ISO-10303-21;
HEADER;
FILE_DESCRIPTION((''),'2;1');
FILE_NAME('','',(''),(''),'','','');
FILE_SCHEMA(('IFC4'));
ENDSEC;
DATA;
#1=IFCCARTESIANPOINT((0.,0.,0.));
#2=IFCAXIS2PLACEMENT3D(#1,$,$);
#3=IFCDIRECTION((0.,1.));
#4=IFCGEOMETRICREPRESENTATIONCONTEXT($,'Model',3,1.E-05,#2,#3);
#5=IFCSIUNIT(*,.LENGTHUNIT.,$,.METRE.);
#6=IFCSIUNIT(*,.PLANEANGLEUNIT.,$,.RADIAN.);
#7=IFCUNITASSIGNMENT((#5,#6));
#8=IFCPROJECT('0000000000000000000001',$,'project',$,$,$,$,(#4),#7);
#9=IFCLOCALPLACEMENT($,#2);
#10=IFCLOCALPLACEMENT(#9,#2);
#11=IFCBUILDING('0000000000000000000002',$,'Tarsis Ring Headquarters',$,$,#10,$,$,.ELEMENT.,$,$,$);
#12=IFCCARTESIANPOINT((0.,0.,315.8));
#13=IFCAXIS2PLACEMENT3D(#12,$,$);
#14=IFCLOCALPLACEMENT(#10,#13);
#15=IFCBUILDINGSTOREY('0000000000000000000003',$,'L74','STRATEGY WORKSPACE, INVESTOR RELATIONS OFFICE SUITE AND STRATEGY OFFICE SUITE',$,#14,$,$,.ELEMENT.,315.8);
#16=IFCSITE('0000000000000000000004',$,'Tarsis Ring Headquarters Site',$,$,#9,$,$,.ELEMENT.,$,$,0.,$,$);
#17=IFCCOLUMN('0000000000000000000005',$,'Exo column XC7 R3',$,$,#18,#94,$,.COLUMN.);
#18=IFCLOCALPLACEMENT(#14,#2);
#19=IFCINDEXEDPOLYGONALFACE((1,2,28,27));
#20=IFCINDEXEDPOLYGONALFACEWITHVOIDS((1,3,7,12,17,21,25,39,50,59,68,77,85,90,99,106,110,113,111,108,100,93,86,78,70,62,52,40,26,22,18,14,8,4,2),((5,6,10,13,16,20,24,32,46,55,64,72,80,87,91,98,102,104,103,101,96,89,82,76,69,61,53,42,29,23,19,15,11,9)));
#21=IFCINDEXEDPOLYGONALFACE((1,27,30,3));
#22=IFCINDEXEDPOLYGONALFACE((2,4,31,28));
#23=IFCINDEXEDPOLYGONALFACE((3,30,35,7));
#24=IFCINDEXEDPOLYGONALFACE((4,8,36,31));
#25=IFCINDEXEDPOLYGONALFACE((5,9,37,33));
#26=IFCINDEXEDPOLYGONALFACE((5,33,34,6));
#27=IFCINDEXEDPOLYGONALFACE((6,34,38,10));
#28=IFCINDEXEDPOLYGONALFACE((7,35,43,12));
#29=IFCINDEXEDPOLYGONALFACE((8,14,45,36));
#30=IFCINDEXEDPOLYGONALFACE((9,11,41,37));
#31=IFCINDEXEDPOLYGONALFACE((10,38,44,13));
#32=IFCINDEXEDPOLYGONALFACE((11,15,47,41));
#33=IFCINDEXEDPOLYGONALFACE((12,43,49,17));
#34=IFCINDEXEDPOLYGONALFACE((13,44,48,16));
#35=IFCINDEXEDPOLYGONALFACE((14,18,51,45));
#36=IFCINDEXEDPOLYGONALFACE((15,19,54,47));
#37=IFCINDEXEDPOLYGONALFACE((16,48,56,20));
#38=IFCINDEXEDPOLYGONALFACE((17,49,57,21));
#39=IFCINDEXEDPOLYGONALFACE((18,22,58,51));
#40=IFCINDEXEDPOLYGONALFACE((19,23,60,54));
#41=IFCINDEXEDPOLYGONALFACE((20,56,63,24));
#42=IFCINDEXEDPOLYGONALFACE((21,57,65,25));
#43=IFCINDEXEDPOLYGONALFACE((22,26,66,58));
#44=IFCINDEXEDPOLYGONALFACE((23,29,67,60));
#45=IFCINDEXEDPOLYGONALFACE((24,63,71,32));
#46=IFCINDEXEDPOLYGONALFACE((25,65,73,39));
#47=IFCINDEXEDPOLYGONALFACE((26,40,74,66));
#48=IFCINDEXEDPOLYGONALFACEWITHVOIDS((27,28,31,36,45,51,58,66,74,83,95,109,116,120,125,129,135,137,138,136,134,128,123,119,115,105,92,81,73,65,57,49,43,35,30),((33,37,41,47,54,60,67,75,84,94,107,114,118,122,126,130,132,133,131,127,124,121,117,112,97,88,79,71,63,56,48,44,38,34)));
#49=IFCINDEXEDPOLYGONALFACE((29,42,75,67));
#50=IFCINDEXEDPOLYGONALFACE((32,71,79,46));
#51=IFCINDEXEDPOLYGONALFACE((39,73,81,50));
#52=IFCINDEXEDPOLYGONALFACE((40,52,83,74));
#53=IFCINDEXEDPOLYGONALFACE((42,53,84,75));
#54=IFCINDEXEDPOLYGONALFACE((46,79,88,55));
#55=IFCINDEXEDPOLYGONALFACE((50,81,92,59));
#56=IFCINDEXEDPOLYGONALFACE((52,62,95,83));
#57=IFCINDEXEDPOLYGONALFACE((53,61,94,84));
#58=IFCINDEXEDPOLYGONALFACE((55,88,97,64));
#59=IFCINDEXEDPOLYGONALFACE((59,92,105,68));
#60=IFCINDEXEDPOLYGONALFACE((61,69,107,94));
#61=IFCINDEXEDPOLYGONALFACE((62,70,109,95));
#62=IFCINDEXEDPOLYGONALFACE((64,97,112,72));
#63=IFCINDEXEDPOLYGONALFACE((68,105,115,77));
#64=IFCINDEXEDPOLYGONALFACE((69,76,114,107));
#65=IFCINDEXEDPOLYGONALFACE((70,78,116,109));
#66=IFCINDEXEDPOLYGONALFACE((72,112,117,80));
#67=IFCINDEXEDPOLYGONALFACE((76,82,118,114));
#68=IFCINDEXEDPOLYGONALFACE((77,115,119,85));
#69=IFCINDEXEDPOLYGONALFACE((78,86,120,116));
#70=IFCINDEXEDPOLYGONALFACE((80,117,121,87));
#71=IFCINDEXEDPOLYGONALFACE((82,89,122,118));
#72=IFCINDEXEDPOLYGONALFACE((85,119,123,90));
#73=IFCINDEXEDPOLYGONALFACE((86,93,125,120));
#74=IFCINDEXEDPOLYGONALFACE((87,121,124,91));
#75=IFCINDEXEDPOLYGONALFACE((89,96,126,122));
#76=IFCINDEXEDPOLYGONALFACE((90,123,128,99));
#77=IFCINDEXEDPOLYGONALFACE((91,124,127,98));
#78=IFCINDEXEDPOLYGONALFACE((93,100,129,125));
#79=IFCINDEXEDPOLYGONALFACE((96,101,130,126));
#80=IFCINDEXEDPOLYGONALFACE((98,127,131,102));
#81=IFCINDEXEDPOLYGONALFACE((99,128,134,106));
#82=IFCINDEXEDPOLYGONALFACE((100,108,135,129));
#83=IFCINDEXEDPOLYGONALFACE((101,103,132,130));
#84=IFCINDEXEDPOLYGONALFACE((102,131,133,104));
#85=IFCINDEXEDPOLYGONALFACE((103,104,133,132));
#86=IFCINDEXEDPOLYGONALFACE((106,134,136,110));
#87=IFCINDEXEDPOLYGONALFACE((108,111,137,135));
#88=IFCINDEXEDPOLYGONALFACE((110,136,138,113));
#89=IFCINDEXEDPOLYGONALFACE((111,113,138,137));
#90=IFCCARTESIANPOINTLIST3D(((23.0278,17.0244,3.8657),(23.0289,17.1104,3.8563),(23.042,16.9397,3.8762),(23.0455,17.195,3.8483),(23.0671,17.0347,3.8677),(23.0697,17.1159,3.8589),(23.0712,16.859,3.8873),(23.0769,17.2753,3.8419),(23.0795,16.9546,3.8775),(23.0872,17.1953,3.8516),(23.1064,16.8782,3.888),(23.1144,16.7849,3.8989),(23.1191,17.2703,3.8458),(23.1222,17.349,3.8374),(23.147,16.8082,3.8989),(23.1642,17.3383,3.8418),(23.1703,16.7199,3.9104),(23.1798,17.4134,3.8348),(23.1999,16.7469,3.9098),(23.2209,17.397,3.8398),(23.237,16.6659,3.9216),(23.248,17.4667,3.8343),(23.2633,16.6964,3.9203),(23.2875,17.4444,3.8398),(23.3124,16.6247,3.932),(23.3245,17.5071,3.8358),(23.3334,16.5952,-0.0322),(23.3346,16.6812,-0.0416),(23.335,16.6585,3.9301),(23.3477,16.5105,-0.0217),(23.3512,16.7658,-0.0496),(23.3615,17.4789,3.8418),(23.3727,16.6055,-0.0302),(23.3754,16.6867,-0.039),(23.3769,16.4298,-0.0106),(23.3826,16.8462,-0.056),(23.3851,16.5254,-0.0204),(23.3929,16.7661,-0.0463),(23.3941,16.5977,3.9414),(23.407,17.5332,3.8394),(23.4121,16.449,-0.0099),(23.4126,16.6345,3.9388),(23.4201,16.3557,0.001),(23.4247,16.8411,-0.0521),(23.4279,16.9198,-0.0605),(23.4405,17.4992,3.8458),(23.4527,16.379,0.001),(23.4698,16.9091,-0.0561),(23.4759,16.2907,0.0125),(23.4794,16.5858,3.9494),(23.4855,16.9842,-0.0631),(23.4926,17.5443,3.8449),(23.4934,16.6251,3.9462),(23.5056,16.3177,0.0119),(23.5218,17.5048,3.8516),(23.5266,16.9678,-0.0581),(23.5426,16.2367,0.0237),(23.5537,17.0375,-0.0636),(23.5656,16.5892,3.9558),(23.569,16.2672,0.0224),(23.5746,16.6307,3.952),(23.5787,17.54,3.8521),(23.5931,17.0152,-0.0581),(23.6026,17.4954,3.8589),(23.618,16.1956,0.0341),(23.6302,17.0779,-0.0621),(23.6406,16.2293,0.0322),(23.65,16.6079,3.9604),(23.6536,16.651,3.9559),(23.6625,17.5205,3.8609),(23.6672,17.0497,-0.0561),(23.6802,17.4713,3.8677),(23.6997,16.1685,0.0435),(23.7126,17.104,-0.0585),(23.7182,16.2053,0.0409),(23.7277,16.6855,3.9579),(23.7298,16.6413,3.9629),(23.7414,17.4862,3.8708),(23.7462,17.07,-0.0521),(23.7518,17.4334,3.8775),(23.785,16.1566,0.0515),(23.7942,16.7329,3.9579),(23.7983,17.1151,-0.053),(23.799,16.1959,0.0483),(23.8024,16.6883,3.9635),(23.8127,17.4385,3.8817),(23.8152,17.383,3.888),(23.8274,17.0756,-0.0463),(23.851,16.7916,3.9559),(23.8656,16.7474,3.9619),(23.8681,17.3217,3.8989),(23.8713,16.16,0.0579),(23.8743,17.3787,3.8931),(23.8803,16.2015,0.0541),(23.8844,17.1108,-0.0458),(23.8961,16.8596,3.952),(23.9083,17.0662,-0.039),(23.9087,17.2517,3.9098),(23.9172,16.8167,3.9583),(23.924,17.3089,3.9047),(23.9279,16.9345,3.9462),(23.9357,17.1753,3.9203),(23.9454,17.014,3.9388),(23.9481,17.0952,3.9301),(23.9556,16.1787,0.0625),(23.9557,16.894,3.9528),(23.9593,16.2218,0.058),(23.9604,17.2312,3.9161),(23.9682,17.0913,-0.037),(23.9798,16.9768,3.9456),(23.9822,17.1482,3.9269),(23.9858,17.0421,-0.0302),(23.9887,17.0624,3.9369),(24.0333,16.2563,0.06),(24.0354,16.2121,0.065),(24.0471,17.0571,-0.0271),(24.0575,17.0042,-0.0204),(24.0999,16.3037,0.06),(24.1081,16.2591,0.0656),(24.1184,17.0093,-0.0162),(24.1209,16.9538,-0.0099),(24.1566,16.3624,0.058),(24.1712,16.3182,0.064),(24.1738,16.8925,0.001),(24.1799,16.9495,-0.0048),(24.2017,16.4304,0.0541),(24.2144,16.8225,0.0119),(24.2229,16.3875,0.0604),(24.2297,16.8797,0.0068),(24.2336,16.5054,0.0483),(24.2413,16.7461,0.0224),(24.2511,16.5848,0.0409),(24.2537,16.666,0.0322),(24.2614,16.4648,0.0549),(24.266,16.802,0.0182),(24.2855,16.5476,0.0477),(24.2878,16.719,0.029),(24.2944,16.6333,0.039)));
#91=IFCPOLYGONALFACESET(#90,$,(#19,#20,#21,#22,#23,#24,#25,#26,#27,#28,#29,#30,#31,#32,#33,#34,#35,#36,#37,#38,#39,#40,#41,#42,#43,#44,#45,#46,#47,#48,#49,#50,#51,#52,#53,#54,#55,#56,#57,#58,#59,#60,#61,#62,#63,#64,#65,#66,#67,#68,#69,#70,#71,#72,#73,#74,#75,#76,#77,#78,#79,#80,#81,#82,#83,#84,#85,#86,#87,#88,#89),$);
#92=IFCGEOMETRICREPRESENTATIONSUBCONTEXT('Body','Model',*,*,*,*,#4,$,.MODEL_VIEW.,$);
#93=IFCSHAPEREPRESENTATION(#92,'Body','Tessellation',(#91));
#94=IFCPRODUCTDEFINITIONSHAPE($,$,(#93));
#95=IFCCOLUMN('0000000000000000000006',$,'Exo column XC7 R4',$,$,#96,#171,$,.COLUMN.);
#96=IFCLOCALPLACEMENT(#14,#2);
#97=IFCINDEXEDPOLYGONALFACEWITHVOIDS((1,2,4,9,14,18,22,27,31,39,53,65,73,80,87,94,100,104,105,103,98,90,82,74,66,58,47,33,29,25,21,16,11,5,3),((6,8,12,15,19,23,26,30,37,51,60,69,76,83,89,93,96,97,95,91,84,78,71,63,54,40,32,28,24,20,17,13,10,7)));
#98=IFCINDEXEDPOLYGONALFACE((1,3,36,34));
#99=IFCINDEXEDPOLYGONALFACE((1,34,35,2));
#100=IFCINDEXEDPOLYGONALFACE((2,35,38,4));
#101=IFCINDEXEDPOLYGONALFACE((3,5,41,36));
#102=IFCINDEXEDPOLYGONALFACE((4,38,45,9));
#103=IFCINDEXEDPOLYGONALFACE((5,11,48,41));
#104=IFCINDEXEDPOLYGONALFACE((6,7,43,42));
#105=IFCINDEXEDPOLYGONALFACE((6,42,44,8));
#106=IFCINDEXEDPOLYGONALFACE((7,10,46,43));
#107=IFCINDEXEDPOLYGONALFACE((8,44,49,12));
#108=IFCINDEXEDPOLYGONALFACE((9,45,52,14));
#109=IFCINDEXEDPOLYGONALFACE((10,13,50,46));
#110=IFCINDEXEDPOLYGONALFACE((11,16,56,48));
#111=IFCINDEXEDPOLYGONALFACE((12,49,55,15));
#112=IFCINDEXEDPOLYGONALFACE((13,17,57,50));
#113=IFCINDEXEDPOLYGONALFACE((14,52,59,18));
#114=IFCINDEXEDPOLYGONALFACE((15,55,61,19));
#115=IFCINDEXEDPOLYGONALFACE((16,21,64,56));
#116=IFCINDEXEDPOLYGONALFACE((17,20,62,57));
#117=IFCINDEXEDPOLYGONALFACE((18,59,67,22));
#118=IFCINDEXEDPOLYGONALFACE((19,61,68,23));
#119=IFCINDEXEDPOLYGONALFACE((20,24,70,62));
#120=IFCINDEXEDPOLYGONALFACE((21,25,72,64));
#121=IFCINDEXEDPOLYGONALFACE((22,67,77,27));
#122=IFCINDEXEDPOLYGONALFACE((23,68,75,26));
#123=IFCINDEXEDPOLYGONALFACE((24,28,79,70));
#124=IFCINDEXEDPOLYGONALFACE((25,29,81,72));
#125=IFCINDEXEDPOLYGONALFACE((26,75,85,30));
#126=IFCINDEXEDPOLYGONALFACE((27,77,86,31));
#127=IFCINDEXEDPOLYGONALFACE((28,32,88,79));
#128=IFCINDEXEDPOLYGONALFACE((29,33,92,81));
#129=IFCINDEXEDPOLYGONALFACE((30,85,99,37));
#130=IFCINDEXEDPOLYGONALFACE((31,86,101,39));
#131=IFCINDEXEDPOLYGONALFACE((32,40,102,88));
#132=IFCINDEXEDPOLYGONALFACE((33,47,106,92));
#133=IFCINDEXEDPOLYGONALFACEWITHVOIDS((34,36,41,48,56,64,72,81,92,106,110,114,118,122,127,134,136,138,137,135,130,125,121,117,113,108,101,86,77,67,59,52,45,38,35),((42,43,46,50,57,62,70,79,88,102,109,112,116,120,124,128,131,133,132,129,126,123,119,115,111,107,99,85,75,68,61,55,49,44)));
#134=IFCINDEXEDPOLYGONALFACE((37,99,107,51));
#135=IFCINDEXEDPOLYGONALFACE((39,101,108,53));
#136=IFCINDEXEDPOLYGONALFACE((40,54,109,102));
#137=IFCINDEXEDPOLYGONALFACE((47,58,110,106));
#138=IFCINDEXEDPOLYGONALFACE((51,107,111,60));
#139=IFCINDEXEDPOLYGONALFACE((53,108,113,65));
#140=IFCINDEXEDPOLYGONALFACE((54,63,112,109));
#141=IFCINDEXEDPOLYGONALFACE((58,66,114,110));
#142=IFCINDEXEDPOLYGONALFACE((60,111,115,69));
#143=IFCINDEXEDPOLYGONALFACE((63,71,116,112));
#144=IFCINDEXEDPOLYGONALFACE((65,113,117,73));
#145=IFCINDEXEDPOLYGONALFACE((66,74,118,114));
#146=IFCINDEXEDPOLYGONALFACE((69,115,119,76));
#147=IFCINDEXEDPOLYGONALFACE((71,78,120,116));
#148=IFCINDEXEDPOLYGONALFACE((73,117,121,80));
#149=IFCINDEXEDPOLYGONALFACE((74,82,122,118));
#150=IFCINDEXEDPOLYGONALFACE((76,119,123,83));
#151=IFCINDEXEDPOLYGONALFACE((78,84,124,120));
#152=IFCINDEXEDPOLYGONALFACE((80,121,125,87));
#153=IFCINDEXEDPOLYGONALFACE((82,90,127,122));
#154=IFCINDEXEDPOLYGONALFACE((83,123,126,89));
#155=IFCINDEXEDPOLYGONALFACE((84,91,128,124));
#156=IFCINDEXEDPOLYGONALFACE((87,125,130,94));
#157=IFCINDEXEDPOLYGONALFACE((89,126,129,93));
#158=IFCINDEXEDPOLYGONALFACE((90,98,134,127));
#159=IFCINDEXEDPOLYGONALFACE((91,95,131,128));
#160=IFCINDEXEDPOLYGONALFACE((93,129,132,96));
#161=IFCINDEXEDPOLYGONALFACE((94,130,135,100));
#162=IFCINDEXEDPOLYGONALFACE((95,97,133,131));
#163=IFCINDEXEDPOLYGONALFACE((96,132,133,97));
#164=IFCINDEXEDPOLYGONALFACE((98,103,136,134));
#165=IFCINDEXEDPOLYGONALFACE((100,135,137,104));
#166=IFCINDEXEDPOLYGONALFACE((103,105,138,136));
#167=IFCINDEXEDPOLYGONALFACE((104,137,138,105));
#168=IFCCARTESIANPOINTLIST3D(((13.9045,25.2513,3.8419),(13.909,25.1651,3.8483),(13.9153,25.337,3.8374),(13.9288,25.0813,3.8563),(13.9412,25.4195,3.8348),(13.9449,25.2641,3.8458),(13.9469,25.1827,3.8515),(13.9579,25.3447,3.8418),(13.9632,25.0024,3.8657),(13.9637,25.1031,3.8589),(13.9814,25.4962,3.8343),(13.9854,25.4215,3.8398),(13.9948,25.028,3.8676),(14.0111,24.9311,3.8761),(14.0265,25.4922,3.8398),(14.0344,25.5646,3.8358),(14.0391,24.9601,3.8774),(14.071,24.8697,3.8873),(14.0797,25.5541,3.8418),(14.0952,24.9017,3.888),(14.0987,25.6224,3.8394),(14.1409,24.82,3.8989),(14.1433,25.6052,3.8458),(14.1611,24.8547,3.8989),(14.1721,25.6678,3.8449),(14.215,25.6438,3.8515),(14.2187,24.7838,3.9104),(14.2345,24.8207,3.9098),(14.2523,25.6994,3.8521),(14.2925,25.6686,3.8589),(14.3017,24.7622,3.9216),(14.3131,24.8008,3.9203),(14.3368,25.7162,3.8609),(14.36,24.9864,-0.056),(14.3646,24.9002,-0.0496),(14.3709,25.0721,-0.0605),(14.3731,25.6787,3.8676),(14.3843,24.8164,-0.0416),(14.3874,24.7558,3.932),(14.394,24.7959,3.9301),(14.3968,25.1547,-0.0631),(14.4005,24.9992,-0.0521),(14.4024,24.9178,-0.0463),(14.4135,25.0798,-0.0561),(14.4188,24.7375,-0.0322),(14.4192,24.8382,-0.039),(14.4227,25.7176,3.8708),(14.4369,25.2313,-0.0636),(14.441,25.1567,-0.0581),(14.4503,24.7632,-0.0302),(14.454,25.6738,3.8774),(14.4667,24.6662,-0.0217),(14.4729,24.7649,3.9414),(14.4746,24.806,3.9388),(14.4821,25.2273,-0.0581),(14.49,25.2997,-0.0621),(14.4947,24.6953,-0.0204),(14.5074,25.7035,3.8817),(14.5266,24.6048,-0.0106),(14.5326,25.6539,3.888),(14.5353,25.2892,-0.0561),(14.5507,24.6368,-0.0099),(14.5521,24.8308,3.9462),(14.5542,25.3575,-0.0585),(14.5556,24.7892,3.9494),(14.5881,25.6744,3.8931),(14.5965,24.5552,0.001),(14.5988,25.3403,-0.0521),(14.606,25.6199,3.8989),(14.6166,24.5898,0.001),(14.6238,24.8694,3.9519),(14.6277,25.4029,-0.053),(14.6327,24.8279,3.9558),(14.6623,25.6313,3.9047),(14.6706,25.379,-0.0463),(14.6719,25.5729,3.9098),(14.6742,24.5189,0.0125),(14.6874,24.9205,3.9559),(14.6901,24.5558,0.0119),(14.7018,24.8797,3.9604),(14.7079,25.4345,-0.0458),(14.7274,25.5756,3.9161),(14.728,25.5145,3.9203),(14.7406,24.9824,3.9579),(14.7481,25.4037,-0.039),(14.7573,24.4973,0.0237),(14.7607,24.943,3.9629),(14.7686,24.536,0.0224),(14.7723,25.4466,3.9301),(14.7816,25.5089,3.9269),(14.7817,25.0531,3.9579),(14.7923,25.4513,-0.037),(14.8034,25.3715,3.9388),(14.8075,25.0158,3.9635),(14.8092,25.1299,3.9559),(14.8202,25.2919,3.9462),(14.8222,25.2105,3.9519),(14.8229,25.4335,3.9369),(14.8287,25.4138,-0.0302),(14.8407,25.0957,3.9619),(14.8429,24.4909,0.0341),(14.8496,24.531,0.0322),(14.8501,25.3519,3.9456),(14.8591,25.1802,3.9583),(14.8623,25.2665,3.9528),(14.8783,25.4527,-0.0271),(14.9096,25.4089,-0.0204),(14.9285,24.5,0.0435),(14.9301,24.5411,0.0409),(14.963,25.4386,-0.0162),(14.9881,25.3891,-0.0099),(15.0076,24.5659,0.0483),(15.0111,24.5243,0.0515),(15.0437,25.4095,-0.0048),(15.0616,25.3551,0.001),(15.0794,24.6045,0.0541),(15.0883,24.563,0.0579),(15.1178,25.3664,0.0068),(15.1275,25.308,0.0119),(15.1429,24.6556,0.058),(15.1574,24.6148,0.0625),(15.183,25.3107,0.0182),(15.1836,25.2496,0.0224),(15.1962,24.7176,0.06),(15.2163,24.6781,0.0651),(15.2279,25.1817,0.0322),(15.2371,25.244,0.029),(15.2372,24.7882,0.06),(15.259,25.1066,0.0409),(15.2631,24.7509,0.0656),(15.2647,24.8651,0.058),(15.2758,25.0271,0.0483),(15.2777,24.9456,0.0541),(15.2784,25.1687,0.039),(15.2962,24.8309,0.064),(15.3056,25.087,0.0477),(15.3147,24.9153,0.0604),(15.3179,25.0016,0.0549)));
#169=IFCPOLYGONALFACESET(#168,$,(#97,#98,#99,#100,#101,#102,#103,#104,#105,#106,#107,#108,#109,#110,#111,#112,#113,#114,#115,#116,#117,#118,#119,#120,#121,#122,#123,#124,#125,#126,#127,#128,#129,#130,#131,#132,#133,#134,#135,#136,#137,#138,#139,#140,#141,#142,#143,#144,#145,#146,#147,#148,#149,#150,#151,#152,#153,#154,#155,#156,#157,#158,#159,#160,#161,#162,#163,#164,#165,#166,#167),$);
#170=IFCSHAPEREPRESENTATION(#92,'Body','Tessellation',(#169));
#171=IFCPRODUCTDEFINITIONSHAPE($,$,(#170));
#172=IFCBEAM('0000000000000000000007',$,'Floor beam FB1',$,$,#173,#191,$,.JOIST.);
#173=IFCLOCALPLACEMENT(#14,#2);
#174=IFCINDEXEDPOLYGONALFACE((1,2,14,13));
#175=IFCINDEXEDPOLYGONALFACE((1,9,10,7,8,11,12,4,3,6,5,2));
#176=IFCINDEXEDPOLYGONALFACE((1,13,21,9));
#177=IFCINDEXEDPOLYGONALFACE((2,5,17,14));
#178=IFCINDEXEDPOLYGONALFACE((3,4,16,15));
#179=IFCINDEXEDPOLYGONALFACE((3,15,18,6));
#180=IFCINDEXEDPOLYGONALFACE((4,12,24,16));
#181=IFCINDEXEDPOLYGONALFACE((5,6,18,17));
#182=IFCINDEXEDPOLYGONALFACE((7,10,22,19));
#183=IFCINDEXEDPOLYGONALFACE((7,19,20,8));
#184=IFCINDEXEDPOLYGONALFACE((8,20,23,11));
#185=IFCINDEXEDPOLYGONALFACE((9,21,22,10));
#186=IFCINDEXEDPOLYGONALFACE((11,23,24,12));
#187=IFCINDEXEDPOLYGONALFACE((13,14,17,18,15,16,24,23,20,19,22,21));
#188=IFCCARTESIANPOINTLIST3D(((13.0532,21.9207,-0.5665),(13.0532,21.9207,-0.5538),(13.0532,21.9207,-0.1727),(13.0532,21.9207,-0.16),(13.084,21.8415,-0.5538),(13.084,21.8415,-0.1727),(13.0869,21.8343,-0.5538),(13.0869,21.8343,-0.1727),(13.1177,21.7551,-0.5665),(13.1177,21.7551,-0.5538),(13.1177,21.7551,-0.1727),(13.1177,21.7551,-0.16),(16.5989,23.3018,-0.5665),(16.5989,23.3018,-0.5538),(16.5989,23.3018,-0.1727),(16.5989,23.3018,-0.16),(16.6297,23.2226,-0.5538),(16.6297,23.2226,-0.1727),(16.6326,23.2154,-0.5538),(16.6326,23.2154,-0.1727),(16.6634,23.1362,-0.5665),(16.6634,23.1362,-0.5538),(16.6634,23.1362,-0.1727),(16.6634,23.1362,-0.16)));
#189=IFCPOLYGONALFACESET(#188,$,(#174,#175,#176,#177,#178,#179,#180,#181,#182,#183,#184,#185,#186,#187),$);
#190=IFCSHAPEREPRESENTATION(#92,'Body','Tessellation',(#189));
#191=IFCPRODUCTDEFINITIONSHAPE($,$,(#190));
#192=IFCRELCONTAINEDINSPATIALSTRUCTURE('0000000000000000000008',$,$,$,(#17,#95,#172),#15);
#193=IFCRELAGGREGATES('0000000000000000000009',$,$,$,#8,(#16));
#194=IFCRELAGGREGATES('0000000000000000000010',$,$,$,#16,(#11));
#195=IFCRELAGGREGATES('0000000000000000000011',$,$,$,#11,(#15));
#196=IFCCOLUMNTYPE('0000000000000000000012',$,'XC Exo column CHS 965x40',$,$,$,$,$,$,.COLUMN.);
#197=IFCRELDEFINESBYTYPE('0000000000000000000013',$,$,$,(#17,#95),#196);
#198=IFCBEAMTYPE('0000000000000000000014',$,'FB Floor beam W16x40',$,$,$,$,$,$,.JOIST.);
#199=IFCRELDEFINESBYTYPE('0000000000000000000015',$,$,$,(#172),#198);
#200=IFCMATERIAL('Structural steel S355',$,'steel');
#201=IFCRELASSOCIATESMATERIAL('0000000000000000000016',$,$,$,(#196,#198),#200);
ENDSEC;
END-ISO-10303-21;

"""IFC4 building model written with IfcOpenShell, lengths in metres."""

from ifc_helpers import new_model, si_unit, direction, frame, origin, origin_2d, place, context, subcontext, project, spatial, hollow_circle, i_section, extrude, material, material_profile, profile_set, type_object, element, save


model = new_model("IFC4")

# Units and contexts
model_context = context("Model", 3, precision=1e-05, world=origin(), true_north=direction((0.0, 1.0)))
body_context = subcontext(model_context, "Body", "Model", "MODEL_VIEW")
ifc_project = project(units=[si_unit("LENGTHUNIT", "METRE"), si_unit("PLANEANGLEUNIT", "RADIAN")], contexts=[model_context])

# Site, building, storey
site_placement = place(None, origin())
site = spatial("IfcSite", under=ifc_project, at=site_placement, Name="Tarsis Ring Headquarters Site", CompositionType="ELEMENT", RefElevation=0.0)
building_placement = place(site_placement, origin())
building = spatial("IfcBuilding", under=site, at=building_placement, Name="Tarsis Ring Headquarters", CompositionType="ELEMENT")
storey_placement = place(building_placement, frame((0.0, 0.0, 315.8)))
storey = spatial("IfcBuildingStorey", under=building, at=storey_placement, Name="L74", Description="STRATEGY WORKSPACE, INVESTOR RELATIONS OFFICE SUITE AND STRATEGY OFFICE SUITE", CompositionType="ELEMENT", Elevation=315.8)

# Columns
ifc_material_1 = material(Name="Structural steel S355", Category="steel")
ifc_material_profile_1 = material_profile(ifc_material_1, hollow_circle(Radius=0.4827, WallThickness=0.04, at=origin_2d()), Name="CHS 965x40")
ifc_profile_set_1 = profile_set([ifc_material_profile_1], Name="Structural steel S355")
column_type = type_object("IfcColumnType", Name="XC Exo column CHS 965x40", PredefinedType="COLUMN", material=ifc_profile_set_1)
for number, where, z_axis, x_axis, name in (
    (1, (23.8132, 16.6357, 0.001), (-0.07771, 0.109117, 0.990987), (-0.814547, -0.580098, 0.0), "Exo column XC7 R3"),
    (2, (14.8391, 24.9724, 0.001), (-0.11582, 0.067344, 0.990985), (-0.502661, -0.864484, 0.0), "Exo column XC7 R4"),
):
    element("IfcColumn", number, at=place(storey_placement, frame(where, z_axis=z_axis, x_axis=x_axis)), inside=storey, type_object=column_type, Name=name, PredefinedType="COLUMN", context=body_context, shape_type="SweptSolid", body=[
        extrude(hollow_circle(Radius=0.4827, WallThickness=0.04, at=origin_2d()), origin(), (0.0, 0.0, 1.0), 3.9333),
    ])

# Beam
ifc_material_profile_2 = material_profile(ifc_material_1, i_section(OverallWidth=0.1777, OverallDepth=0.4065, WebThickness=0.0078, FlangeThickness=0.0127, at=origin_2d()), Name="W16x40")
ifc_profile_set_2 = profile_set([ifc_material_profile_2], Name="Structural steel S355")
beam_type_1 = type_object("IfcBeamType", Name="FB Floor beam W16x40", PredefinedType="JOIST", material=ifc_profile_set_2)
beam_1_placement = place(storey_placement, frame((13.0854, 21.8379, -0.3633), z_axis=(0.931806, 0.362957, 0.0), x_axis=(-0.362957, 0.931806, 0.0)))
element("IfcBeam", 3, at=beam_1_placement, inside=storey, type_object=beam_type_1, Name="Floor beam FB1", PredefinedType="JOIST", context=body_context, shape_type="SweptSolid", body=[
    extrude(i_section(OverallWidth=0.1777, OverallDepth=0.4065, WebThickness=0.0078, FlangeThickness=0.0127, at=origin_2d()), origin(), (0.0, 0.0, 1.0), 3.8052),
])

save(model, "model.ifc")
